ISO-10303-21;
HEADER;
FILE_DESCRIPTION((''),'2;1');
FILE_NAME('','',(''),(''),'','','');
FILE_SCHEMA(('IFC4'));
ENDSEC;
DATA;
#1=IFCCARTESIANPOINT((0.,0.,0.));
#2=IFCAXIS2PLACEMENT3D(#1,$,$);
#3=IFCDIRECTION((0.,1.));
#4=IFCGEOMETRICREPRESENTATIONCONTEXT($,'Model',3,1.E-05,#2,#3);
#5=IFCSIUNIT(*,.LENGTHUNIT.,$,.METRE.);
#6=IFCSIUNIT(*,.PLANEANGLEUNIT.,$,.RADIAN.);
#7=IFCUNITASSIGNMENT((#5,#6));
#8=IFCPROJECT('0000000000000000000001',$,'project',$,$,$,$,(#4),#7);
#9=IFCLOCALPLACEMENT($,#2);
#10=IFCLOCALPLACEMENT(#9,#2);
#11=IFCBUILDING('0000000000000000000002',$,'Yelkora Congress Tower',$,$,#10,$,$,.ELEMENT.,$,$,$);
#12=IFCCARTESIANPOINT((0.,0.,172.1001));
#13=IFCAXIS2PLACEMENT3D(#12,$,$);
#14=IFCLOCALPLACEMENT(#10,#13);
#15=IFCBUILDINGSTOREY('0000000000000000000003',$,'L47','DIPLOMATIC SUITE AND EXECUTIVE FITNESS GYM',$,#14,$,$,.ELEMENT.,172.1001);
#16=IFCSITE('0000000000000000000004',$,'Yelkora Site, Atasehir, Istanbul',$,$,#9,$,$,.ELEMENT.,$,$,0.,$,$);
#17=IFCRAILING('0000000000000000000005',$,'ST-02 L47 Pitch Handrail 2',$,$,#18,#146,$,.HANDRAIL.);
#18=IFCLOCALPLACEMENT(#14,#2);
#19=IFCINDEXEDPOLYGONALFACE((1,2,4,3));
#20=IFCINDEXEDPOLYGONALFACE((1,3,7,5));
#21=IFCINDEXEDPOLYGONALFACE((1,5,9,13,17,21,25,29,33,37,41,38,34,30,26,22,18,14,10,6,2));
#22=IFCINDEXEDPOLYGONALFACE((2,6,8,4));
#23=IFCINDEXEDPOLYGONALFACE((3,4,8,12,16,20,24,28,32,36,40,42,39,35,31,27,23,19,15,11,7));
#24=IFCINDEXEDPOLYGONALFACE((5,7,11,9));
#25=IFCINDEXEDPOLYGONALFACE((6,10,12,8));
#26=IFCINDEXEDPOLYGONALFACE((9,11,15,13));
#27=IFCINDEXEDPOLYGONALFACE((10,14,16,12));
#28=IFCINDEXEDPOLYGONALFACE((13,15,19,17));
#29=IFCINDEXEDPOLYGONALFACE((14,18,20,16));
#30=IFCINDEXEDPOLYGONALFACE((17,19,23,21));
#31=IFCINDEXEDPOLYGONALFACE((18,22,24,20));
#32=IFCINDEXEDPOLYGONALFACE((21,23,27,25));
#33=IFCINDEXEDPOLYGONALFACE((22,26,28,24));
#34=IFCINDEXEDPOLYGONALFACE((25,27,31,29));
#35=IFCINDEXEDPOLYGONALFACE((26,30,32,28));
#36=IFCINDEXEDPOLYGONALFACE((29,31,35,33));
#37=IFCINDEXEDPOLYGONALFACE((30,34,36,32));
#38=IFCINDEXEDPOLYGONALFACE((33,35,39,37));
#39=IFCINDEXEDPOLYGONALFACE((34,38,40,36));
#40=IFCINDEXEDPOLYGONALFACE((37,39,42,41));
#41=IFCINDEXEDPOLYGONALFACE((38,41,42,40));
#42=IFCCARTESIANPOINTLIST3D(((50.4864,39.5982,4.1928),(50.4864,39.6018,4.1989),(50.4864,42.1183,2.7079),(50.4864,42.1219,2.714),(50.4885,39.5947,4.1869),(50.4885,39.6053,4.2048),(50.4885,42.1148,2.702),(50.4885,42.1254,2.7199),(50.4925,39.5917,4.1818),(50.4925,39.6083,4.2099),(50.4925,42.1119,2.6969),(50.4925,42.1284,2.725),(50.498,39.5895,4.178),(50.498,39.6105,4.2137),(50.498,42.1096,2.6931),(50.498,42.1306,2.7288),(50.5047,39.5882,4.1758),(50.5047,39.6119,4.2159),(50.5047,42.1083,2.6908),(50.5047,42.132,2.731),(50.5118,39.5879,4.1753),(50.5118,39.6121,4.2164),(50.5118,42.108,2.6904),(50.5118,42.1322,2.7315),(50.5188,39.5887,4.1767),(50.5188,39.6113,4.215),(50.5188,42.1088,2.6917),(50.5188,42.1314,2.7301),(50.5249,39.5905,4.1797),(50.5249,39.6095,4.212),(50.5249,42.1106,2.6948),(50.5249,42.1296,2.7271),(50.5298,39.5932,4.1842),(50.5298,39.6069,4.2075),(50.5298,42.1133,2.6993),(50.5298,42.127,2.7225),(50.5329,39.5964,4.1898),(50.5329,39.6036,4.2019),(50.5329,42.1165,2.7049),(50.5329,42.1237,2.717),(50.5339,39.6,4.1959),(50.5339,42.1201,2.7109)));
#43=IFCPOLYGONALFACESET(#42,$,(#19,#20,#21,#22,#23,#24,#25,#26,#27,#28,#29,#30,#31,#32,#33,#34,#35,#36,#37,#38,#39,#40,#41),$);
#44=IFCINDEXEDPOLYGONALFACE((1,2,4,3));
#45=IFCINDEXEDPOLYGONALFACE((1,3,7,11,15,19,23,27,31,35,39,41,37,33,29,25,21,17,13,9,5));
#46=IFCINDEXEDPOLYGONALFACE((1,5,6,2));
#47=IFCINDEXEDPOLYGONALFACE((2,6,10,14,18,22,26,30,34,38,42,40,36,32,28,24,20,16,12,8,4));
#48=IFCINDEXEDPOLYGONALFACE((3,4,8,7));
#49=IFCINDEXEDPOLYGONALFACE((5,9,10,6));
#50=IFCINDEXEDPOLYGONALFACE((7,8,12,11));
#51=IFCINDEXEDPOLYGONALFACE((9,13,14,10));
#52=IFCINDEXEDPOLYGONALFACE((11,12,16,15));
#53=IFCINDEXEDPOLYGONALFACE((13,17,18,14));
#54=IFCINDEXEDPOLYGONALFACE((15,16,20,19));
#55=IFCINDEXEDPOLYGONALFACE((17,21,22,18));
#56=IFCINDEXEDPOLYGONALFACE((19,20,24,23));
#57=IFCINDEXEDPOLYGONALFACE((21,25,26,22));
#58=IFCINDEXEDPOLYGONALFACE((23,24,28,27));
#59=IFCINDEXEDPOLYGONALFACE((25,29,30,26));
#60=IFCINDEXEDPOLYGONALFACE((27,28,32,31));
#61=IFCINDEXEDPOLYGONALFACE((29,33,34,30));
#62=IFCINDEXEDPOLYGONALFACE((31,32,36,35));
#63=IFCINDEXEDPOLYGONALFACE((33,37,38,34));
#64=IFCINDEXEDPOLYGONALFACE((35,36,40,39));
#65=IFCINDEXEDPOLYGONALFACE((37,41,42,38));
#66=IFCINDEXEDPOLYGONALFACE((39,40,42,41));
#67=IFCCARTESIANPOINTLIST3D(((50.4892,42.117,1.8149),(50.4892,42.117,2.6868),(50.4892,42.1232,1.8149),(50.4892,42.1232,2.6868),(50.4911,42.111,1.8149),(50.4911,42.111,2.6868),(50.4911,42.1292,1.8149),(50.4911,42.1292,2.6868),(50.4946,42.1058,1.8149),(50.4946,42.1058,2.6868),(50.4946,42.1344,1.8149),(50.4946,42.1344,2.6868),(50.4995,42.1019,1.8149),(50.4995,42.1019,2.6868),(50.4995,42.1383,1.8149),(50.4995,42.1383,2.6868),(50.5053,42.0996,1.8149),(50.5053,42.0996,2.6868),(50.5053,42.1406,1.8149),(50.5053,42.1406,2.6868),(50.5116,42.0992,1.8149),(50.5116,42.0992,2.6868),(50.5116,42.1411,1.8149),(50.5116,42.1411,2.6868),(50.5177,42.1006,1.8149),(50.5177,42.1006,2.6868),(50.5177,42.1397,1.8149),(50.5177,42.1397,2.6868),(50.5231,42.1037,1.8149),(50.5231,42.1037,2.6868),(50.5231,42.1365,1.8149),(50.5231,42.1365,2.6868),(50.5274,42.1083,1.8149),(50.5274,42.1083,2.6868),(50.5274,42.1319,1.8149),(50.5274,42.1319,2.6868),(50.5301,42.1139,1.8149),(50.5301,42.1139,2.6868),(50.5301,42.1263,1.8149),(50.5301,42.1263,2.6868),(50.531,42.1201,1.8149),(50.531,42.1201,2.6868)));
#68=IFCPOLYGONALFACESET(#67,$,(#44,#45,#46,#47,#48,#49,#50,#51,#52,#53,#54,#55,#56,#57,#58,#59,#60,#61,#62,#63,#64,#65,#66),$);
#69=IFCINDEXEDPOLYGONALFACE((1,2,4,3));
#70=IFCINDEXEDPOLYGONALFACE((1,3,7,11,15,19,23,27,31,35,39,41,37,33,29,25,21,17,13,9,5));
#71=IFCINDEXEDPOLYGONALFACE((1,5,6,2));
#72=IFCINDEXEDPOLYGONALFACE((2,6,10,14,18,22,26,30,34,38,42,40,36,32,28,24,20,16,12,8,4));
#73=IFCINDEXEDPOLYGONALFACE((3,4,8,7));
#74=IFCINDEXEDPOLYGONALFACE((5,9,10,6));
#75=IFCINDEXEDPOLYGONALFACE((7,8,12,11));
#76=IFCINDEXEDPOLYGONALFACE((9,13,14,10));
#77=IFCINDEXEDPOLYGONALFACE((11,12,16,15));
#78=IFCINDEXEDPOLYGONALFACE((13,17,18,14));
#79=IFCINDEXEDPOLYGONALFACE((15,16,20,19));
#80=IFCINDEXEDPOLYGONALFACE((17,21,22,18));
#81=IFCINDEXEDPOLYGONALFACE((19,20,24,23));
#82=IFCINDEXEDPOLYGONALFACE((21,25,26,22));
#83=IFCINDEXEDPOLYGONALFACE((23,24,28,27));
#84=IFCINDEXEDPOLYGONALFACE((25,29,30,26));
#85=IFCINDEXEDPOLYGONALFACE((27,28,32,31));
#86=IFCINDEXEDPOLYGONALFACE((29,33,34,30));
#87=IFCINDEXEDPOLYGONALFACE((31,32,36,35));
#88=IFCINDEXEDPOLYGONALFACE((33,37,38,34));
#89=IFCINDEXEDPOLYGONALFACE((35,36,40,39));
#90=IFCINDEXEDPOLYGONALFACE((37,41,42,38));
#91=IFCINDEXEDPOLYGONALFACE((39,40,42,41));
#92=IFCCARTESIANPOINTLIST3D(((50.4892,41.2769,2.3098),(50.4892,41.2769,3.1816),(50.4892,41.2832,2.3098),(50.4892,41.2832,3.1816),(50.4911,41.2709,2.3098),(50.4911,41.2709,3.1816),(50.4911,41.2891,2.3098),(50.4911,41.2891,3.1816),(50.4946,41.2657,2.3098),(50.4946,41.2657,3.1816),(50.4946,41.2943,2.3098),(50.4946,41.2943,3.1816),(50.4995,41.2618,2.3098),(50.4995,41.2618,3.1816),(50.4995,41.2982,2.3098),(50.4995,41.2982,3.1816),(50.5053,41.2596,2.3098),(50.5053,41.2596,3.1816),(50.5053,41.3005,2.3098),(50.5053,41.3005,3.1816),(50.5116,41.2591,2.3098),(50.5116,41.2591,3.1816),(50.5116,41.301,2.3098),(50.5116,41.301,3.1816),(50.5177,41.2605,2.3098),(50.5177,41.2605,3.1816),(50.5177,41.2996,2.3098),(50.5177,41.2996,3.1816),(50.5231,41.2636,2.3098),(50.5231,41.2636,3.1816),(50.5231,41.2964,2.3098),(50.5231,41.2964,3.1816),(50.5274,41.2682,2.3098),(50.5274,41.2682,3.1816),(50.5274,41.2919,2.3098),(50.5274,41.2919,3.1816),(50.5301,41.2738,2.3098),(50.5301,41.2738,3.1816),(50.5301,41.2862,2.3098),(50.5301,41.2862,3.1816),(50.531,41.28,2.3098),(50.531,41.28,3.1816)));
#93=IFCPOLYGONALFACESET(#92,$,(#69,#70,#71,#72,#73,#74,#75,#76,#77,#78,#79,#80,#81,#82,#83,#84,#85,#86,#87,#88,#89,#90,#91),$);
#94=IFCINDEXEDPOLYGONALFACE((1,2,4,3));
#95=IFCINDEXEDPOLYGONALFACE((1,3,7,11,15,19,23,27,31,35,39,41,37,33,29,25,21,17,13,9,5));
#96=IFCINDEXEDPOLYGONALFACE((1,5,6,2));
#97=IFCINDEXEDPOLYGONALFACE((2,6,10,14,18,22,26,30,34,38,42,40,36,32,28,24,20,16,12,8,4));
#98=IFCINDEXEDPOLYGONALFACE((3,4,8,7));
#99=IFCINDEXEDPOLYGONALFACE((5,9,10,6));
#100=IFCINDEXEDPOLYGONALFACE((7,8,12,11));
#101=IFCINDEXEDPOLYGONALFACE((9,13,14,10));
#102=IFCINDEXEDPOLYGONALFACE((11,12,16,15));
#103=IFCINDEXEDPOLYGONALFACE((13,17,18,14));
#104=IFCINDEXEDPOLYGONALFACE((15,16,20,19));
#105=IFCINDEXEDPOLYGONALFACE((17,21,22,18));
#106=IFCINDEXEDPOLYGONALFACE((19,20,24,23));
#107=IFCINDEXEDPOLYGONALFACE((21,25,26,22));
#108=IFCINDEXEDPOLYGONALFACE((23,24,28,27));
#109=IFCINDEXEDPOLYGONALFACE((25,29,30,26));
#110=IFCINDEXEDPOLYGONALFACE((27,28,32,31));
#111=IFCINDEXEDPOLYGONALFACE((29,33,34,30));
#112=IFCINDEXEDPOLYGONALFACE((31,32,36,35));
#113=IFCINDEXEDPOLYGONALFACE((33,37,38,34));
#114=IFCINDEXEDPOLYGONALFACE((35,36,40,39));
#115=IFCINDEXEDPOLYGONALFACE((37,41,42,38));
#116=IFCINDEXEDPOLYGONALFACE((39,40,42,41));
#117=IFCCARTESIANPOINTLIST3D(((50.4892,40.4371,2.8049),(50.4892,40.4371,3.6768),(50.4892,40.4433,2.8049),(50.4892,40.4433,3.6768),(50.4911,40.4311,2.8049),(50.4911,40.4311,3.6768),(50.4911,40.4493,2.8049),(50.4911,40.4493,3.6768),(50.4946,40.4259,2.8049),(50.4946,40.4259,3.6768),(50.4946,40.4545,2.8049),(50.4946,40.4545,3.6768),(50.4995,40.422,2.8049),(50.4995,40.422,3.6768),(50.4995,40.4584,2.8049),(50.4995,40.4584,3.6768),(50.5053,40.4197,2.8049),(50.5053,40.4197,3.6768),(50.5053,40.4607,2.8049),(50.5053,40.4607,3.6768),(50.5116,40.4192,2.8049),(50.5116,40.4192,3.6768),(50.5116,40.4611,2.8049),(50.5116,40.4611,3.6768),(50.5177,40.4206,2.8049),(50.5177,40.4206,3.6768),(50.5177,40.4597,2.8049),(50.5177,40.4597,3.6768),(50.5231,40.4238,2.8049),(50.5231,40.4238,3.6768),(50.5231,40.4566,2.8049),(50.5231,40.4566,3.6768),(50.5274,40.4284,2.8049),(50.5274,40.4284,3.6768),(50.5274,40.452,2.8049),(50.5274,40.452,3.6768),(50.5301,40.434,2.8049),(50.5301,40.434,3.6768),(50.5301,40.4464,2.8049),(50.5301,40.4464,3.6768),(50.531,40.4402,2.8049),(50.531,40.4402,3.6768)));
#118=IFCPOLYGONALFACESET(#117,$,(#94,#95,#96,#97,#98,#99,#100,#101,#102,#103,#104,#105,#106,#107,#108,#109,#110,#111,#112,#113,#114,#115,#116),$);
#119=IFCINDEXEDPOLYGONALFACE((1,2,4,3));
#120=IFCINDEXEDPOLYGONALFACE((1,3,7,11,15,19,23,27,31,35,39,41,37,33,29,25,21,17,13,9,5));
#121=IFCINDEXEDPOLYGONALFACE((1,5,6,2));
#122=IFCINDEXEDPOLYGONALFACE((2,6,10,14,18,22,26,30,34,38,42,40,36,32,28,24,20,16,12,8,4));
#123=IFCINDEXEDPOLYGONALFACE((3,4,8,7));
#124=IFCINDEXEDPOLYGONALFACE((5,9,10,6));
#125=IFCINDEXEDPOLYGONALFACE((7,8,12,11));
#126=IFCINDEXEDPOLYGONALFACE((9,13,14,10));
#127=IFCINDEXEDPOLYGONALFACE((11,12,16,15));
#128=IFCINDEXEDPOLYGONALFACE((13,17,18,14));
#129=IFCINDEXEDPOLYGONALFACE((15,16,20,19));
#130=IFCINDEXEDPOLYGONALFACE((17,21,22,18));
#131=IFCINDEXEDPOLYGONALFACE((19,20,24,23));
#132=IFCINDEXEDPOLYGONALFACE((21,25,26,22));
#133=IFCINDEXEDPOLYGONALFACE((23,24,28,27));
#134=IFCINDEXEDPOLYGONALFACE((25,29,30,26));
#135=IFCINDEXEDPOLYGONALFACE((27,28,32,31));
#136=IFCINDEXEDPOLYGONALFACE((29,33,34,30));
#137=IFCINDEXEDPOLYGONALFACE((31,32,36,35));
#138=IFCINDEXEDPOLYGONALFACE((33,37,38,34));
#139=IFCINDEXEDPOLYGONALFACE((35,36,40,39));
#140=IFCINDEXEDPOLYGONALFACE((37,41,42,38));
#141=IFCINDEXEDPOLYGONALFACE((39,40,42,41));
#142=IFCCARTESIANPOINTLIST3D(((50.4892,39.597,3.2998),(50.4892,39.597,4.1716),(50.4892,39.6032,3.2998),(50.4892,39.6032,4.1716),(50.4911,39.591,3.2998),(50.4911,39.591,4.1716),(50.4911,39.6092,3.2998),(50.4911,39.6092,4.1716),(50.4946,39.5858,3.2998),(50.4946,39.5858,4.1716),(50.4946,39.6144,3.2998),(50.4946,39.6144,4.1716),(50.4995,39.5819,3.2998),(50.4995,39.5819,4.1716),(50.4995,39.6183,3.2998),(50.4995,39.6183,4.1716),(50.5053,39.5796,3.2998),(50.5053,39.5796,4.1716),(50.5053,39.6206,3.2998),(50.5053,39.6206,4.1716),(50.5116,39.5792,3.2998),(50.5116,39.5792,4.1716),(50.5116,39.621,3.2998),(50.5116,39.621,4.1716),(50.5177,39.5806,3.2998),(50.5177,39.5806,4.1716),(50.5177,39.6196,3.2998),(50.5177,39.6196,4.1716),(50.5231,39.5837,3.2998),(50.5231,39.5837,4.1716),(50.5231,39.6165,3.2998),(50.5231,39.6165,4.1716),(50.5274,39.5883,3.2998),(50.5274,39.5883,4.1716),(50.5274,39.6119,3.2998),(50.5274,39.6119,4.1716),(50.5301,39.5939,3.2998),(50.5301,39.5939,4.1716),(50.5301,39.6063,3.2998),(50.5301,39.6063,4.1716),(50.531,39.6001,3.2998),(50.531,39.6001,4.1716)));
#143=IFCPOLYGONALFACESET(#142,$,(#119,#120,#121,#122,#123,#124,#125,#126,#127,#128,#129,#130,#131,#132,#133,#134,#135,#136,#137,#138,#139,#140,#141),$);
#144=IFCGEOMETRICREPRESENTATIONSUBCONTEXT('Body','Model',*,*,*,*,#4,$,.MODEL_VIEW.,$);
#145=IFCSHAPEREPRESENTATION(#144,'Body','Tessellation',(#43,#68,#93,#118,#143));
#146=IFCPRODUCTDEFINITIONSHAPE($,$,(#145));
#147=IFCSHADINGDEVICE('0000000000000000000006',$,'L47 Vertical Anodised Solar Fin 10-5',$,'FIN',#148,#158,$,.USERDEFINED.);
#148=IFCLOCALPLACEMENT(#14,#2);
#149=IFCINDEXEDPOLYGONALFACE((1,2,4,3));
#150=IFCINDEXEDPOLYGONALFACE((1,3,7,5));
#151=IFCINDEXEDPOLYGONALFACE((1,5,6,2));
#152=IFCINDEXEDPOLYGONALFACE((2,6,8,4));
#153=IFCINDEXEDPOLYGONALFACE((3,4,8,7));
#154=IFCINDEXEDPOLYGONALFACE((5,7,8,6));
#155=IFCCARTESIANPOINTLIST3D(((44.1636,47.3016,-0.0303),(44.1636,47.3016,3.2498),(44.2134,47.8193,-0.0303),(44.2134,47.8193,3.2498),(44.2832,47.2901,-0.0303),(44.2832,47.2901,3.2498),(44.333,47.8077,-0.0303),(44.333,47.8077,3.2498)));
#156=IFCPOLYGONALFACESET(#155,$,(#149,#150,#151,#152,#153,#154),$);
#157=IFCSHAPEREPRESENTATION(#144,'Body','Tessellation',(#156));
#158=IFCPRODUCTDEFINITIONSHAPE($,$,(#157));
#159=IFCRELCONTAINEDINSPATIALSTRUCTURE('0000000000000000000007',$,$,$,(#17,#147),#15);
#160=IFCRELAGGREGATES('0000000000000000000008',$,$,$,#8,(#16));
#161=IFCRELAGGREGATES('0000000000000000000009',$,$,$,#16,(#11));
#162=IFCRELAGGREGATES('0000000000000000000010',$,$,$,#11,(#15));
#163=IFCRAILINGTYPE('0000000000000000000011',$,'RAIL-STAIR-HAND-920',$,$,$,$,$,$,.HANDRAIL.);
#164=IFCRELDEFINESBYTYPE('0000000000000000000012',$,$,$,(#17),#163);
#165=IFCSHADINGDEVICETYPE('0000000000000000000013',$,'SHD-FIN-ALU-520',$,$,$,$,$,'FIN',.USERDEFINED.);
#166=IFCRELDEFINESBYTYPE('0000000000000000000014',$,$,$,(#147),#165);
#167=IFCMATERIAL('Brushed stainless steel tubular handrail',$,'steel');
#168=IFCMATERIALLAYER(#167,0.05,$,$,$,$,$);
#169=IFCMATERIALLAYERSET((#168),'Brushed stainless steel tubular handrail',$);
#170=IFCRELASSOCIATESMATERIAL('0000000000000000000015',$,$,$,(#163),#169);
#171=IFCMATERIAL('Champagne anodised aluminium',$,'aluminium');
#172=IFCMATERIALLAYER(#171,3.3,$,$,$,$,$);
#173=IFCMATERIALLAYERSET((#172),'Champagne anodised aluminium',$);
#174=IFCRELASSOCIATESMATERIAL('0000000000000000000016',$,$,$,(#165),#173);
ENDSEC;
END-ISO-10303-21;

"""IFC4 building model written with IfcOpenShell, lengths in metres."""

from ifc_helpers import new_model, si_unit, direction, frame, origin, origin_2d, place, context, subcontext, project, spatial, rectangle, circle, extrude, material, layer, layer_set, type_object, element, save


model = new_model("IFC4")

# Units and contexts
model_context = context("Model", 3, precision=1e-05, world=origin(), true_north=direction((0.0, 1.0)))
body_context = subcontext(model_context, "Body", "Model", "MODEL_VIEW")
ifc_project = project(units=[si_unit("LENGTHUNIT", "METRE"), si_unit("PLANEANGLEUNIT", "RADIAN")], contexts=[model_context])

# Site, building, storey
site_placement = place(None, origin())
site = spatial("IfcSite", under=ifc_project, at=site_placement, Name="Yelkora Site, Atasehir, Istanbul", CompositionType="ELEMENT", RefElevation=0.0)
building_placement = place(site_placement, origin())
building = spatial("IfcBuilding", under=site, at=building_placement, Name="Yelkora Congress Tower", CompositionType="ELEMENT")
storey_placement = place(building_placement, frame((0.0, 0.0, 172.1001)))
storey = spatial("IfcBuildingStorey", under=building, at=storey_placement, Name="L47", Description="DIPLOMATIC SUITE AND EXECUTIVE FITNESS GYM", CompositionType="ELEMENT", Elevation=172.1001)

# Railing
ifc_material_1 = material(Name="Brushed stainless steel tubular handrail", Category="steel")
ifc_layer_1 = layer(ifc_material_1, 0.05)
ifc_layer_set_1 = layer_set([ifc_layer_1], Name="Brushed stainless steel tubular handrail")
railing_type_1 = type_object("IfcRailingType", Name="RAIL-STAIR-HAND-920", PredefinedType="HANDRAIL", material=ifc_layer_set_1)
railing_1_placement = place(storey_placement, frame((50.51, 42.1201, 1.8149)))
element("IfcRailing", 1, at=railing_1_placement, inside=storey, type_object=railing_type_1, Name="ST-02 L47 Pitch Handrail 2", PredefinedType="HANDRAIL", context=body_context, shape_type="SweptSolid", body=[
    extrude(circle(Radius=0.0239, at=origin_2d()), frame((0.0, 0.0, 0.896), z_axis=(0.0, -0.861561, 0.507655), x_axis=(1.0, 0.0, 0.0)), (0.0, 0.0, 1.0), 2.925),
    extrude(circle(Radius=0.021, at=origin_2d()), origin(), (0.0, 0.0, 1.0), 0.8718),
    extrude(circle(Radius=0.021, at=origin_2d()), frame((0.0, -0.8401, 0.4949)), (0.0, 0.0, 1.0), 0.8718),
    extrude(circle(Radius=0.021, at=origin_2d()), frame((0.0, -1.6799, 0.99)), (0.0, 0.0, 1.0), 0.8718),
    extrude(circle(Radius=0.021, at=origin_2d()), frame((0.0, -2.52, 1.4849)), (0.0, 0.0, 1.0), 0.8718),
])

# Shading device
ifc_material_2 = material(Name="Champagne anodised aluminium", Category="aluminium")
ifc_layer_2 = layer(ifc_material_2, 3.3)
ifc_layer_set_2 = layer_set([ifc_layer_2], Name="Champagne anodised aluminium")
shading_device_type = type_object("IfcShadingDeviceType", Name="SHD-FIN-ALU-520", ElementType="FIN", PredefinedType="USERDEFINED", material=ifc_layer_set_2)
shading_device_placement = place(storey_placement, frame((44.2483, 47.5547, -0.0303), z_axis=(0.0, 0.0, 1.0), x_axis=(0.995396, -0.095846, 0.0)))
element("IfcShadingDevice", 2, at=shading_device_placement, inside=storey, type_object=shading_device_type, Name="L47 Vertical Anodised Solar Fin 10-5", ObjectType="FIN", PredefinedType="USERDEFINED", context=body_context, shape_type="SweptSolid", body=[
    extrude(rectangle(XDim=0.1201, YDim=0.52, at=origin_2d()), origin(), (0.0, 0.0, 1.0), 3.28),
])

save(model, "model.ifc")
